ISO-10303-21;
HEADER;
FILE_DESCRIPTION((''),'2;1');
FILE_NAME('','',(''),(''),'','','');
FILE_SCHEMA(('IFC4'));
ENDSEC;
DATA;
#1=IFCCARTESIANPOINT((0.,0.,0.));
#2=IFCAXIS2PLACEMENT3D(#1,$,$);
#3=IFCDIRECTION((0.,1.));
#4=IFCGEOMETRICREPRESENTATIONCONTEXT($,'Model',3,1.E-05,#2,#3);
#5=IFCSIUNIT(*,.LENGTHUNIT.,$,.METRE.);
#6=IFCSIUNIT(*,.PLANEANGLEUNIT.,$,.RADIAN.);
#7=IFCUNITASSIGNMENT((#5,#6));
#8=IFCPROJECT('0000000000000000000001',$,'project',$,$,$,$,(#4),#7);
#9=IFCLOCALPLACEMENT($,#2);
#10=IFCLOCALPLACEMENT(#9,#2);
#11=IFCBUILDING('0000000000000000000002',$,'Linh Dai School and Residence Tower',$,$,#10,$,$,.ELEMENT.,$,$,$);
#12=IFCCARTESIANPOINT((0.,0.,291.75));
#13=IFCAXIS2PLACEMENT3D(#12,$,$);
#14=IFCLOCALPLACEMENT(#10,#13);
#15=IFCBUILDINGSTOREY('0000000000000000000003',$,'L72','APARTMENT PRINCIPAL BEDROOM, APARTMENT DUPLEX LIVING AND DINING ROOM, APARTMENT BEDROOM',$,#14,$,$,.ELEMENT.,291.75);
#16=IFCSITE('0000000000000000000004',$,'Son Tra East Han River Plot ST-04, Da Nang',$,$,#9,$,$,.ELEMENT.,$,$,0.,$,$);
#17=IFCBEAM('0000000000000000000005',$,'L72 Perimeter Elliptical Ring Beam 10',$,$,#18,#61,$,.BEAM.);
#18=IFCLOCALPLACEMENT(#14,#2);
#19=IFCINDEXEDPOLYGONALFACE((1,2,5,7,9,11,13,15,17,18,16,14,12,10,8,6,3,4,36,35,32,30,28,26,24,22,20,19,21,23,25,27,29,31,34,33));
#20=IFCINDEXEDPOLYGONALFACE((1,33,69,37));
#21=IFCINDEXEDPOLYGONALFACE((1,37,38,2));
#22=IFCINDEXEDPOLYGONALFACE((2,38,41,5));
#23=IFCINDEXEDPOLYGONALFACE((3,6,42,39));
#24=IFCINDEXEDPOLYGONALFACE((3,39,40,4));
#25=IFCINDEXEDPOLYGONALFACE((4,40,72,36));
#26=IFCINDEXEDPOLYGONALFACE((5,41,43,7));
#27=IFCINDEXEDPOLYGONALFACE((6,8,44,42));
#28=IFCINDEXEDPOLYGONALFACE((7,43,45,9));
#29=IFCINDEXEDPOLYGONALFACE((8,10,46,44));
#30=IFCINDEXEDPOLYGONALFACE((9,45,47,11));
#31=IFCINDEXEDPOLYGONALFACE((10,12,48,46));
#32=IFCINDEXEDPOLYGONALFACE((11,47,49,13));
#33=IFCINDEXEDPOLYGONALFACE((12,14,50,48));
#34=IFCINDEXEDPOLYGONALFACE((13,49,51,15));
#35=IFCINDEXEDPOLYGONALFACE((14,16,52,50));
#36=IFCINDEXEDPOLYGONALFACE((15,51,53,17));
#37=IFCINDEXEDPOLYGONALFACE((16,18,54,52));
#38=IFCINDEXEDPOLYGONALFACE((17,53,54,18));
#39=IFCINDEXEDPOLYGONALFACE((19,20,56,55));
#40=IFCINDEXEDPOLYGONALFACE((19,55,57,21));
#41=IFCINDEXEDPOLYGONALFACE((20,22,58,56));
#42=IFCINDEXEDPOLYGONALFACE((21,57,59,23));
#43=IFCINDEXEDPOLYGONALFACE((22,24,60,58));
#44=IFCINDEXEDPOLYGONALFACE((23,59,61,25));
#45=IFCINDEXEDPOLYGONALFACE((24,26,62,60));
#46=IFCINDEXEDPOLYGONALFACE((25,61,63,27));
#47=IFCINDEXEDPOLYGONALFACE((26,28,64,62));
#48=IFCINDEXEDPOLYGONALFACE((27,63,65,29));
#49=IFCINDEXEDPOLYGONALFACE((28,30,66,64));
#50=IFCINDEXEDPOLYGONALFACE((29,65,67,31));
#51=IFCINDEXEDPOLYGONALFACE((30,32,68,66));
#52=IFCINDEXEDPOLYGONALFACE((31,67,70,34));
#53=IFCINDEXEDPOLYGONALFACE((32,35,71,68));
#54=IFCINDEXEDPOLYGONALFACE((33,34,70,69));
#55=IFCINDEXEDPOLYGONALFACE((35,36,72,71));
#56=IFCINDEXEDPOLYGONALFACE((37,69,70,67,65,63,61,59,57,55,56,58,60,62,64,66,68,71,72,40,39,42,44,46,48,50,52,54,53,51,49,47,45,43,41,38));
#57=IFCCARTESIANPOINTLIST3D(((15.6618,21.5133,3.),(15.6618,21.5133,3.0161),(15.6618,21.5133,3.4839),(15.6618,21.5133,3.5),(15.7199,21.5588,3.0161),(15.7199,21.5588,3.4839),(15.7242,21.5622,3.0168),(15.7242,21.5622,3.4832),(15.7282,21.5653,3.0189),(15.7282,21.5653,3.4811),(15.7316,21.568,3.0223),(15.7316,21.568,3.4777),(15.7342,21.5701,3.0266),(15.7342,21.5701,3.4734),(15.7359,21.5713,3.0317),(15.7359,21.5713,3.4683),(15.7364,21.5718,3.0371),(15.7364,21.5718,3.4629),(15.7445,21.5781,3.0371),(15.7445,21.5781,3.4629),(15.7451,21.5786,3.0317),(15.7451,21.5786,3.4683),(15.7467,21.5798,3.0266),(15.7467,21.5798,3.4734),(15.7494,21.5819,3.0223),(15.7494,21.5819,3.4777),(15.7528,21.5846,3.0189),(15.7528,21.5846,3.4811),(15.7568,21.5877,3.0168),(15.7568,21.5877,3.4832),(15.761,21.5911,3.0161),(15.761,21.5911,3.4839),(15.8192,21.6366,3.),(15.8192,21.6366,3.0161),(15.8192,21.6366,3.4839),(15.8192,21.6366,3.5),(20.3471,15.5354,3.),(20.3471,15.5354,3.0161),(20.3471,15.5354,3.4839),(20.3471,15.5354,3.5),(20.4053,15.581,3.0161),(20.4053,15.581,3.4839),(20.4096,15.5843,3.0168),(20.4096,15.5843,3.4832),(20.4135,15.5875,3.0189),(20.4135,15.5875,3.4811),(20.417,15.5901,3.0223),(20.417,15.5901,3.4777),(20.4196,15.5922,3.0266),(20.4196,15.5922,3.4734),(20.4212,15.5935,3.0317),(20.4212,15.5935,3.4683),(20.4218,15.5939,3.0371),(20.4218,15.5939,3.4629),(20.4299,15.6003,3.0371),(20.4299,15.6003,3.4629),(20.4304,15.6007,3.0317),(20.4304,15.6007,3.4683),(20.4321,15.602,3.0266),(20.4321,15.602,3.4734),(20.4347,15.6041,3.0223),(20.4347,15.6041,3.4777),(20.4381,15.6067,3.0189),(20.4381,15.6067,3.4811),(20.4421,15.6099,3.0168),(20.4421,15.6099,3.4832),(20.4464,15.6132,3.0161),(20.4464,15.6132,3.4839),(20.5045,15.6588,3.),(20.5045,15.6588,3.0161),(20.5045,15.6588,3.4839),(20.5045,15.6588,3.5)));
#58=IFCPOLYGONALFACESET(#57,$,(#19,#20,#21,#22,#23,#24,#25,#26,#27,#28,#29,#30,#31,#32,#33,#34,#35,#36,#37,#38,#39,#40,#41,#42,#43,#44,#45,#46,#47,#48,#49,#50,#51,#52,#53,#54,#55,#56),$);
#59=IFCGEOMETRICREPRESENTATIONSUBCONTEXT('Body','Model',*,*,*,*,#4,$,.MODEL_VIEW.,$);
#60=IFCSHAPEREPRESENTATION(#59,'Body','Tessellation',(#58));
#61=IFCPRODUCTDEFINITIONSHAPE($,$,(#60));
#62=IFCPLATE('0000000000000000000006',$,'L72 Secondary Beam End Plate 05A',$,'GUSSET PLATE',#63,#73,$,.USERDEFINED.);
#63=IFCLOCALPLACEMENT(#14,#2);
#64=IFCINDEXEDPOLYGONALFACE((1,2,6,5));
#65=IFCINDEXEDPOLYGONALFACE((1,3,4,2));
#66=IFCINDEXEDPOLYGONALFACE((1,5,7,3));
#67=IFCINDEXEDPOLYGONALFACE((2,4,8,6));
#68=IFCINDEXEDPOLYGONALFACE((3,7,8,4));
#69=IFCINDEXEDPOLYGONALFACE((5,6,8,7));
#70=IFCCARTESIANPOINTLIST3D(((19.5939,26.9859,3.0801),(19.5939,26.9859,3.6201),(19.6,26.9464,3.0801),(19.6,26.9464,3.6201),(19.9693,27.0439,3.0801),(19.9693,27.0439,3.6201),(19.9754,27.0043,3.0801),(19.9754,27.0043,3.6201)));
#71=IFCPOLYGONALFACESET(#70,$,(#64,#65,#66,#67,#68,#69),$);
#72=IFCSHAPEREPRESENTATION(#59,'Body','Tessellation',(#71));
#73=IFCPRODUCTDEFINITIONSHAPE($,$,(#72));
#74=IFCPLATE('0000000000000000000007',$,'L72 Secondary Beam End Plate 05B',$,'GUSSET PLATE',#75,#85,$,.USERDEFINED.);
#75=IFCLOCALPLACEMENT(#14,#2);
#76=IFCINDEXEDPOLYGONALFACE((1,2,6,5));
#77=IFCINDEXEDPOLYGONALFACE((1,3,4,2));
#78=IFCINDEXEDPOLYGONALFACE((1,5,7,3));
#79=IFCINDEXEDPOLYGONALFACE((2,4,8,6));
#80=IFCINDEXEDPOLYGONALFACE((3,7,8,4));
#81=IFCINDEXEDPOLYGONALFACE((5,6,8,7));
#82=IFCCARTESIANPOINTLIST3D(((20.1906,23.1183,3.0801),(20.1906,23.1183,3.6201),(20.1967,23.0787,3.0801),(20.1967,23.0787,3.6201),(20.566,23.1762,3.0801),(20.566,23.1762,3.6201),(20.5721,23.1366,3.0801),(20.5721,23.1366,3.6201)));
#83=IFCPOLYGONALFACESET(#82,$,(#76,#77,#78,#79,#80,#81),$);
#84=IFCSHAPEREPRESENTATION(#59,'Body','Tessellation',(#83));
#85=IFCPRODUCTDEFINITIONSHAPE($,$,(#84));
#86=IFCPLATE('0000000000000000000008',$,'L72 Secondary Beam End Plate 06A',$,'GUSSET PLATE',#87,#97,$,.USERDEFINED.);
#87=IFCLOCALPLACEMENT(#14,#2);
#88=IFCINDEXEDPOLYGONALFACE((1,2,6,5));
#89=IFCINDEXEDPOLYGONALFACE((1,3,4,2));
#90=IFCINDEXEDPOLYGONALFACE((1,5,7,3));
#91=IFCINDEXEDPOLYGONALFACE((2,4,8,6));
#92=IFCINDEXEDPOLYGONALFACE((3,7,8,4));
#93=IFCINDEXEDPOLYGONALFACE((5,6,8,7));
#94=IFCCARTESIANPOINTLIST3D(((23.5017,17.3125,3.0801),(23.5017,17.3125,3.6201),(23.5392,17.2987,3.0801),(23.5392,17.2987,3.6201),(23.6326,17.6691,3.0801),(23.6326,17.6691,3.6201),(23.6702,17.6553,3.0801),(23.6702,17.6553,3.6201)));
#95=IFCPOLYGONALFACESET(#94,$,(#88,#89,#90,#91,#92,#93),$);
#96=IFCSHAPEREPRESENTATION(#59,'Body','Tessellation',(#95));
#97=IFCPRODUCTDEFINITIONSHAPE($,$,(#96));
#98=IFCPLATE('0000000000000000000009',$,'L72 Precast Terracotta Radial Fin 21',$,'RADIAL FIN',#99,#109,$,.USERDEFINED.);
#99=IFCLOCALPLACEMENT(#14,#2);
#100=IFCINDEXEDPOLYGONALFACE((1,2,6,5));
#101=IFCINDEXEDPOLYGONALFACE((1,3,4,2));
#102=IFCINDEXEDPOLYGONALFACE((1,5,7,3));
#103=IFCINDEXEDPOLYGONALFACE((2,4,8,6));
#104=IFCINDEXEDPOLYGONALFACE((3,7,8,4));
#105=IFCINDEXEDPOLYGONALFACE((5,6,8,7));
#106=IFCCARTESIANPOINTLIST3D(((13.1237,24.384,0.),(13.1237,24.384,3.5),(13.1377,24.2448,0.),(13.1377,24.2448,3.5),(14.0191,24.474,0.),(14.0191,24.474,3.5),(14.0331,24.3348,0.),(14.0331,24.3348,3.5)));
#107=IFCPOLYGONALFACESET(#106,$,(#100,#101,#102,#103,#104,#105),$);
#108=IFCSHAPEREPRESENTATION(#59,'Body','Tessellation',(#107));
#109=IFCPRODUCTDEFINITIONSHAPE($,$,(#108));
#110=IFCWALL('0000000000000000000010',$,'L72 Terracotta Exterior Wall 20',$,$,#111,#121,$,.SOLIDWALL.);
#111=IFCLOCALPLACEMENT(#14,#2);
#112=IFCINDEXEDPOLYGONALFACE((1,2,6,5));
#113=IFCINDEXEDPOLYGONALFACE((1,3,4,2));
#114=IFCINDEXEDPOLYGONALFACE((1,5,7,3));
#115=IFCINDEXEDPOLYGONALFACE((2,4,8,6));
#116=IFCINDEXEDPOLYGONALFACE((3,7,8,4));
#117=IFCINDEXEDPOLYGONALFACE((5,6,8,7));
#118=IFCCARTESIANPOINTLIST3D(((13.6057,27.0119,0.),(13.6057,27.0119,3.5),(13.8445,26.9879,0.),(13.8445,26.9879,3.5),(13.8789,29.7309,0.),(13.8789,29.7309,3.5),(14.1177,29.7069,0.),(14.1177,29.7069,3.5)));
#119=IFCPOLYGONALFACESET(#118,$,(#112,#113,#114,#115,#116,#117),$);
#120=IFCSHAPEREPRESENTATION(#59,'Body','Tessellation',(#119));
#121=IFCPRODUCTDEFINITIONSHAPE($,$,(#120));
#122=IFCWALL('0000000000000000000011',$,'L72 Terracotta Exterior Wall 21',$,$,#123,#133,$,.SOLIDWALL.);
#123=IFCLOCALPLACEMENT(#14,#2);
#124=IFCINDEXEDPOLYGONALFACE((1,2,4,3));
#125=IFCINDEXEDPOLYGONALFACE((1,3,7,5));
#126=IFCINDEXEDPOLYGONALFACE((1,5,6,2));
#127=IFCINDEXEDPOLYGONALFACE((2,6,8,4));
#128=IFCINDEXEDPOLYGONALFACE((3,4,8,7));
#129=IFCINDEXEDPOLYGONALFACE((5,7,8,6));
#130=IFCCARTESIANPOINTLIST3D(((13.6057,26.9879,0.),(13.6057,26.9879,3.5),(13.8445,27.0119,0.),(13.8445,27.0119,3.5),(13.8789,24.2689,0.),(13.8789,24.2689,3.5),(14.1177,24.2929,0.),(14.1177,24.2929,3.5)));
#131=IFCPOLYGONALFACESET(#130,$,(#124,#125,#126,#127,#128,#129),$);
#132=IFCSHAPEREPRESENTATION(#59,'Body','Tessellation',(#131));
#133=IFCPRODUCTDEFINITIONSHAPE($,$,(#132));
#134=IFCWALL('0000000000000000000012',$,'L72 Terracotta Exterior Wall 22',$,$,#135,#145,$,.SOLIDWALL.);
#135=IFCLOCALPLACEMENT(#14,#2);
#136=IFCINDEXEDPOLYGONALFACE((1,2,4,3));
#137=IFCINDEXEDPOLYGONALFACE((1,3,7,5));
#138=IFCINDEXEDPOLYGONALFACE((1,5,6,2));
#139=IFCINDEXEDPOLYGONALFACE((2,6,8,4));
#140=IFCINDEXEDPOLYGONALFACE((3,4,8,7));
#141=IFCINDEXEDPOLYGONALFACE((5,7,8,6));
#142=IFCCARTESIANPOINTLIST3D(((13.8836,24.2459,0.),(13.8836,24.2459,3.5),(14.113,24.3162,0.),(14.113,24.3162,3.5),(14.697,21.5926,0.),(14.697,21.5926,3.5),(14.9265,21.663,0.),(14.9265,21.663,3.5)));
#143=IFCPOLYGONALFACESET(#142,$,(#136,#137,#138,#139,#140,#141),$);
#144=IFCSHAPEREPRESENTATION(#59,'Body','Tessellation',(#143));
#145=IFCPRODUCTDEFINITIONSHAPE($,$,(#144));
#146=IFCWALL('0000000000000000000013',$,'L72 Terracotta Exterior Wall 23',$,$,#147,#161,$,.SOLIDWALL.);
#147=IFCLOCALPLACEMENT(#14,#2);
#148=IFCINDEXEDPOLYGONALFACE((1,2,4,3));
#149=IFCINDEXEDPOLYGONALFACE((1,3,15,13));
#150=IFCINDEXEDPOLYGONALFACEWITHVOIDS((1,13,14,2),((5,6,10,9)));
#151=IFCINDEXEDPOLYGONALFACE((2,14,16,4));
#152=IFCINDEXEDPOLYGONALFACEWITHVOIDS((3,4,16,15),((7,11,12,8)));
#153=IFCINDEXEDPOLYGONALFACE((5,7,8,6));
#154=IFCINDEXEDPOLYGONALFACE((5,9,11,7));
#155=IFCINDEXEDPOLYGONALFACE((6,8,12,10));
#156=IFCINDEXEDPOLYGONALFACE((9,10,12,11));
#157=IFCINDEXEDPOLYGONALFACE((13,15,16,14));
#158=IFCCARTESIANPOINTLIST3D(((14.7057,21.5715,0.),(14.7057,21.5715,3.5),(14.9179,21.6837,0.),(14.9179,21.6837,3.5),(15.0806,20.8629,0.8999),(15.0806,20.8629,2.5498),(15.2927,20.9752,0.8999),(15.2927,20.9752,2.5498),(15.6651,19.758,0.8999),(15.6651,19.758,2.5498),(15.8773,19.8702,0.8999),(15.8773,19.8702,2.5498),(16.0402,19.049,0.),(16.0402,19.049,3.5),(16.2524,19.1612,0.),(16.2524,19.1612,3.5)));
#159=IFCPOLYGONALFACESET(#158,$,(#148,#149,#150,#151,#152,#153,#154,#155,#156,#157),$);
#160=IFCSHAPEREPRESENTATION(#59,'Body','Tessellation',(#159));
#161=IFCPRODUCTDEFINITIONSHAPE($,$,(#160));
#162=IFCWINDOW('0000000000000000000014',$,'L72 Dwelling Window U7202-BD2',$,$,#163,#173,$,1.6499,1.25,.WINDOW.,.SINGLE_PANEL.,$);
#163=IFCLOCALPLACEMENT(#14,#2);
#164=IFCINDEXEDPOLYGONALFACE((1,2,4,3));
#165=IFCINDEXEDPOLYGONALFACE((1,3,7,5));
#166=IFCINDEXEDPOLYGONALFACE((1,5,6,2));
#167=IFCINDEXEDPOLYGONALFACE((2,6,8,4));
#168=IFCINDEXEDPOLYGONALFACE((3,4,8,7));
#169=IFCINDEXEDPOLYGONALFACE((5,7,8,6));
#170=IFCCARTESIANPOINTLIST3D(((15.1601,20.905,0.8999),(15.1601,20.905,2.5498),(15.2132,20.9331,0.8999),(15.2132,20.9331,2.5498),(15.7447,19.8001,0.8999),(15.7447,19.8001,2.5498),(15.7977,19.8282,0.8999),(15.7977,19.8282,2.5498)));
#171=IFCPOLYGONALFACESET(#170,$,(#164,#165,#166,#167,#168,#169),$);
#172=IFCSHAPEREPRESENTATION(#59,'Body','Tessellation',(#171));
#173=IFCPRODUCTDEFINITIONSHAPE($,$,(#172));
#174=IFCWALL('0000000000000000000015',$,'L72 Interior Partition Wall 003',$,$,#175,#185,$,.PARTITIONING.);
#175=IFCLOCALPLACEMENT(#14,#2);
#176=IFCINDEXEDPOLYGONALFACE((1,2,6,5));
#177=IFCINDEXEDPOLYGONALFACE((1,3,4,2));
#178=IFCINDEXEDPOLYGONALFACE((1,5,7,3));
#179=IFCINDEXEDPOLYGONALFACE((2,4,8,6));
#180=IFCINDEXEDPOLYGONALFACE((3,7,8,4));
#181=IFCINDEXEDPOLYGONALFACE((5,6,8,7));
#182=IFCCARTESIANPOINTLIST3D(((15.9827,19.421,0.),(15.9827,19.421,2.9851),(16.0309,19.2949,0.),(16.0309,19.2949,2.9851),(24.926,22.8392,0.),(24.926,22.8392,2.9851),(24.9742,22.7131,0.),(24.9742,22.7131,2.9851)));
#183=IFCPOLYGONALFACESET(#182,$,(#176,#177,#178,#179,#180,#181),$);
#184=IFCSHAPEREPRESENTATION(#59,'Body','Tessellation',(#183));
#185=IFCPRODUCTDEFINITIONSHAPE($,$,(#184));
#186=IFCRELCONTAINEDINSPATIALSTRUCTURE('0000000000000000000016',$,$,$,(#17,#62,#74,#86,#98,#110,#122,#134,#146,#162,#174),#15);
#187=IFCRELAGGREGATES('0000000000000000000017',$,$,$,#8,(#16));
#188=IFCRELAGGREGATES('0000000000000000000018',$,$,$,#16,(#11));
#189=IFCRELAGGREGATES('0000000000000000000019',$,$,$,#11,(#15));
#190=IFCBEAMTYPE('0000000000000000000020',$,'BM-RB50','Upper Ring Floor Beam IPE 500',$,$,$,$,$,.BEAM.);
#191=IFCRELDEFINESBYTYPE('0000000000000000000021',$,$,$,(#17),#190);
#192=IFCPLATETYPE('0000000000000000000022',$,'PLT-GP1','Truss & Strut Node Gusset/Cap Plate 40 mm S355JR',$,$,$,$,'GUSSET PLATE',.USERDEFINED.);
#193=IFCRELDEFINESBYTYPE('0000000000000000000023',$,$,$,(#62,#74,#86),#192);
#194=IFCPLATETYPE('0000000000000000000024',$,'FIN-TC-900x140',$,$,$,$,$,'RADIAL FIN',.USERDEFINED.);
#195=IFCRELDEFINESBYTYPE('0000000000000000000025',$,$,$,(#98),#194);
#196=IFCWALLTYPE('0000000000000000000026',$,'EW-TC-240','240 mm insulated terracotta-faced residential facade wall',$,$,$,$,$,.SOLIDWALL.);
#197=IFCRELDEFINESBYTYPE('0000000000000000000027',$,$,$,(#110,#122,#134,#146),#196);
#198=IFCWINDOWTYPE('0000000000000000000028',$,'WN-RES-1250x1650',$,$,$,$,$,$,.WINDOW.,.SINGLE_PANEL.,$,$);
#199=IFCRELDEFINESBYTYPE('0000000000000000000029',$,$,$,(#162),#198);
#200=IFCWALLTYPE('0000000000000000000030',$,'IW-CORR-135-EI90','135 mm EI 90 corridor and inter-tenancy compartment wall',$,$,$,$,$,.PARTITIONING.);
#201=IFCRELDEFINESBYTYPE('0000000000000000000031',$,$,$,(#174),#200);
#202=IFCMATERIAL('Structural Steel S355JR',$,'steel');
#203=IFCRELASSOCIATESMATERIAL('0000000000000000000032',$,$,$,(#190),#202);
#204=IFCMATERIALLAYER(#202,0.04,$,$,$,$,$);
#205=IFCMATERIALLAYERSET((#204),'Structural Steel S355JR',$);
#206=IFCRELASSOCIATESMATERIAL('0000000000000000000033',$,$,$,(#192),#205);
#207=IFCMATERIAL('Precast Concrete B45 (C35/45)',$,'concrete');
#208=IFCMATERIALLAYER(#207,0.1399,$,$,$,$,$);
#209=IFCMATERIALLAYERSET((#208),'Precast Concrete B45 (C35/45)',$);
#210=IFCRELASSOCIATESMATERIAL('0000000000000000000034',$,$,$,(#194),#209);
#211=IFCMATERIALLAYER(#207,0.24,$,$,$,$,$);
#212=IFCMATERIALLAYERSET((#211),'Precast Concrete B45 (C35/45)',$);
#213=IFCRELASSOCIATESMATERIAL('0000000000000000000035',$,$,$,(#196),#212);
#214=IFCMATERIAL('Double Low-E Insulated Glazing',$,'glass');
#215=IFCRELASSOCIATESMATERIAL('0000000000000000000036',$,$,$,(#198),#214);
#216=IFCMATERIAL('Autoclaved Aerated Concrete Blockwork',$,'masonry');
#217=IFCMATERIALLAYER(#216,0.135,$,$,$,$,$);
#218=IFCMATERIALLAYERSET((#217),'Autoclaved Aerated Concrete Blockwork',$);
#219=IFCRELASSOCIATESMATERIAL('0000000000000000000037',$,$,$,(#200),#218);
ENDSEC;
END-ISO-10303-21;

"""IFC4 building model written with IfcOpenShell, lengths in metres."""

from ifc_helpers import new_model, si_unit, direction, frame, frame_2d, origin, origin_2d, place, context, subcontext, project, spatial, rectangle, i_section, extrude, source, transform, mapped, material, layer, layer_set, material_profile, profile_set, type_object, element, fill, save


model = new_model("IFC4")

# Units and contexts
model_context = context("Model", 3, precision=1e-05, world=origin(), true_north=direction((0.0, 1.0)))
body_context = subcontext(model_context, "Body", "Model", "MODEL_VIEW")
ifc_project = project(units=[si_unit("LENGTHUNIT", "METRE"), si_unit("PLANEANGLEUNIT", "RADIAN")], contexts=[model_context])

# Site, building, storey
site_placement = place(None, origin())
site = spatial("IfcSite", under=ifc_project, at=site_placement, Name="Son Tra East Han River Plot ST-04, Da Nang", CompositionType="ELEMENT", RefElevation=0.0)
building_placement = place(site_placement, origin())
building = spatial("IfcBuilding", under=site, at=building_placement, Name="Linh Dai School and Residence Tower", CompositionType="ELEMENT")
storey_placement = place(building_placement, frame((0.0, 0.0, 291.75)))
storey = spatial("IfcBuildingStorey", under=building, at=storey_placement, Name="L72", Description="APARTMENT PRINCIPAL BEDROOM, APARTMENT DUPLEX LIVING AND DINING ROOM, APARTMENT BEDROOM", CompositionType="ELEMENT", Elevation=291.75)

# Shared definitions
ifc_material_1 = material(Name="Structural Steel S355JR", Category="steel")

# Beam
ifc_material_profile_1 = material_profile(ifc_material_1, i_section(OverallWidth=0.2, OverallDepth=0.5, WebThickness=0.0103, FlangeThickness=0.0161, FilletRadius=0.021, at=origin_2d()), Name="IPE 500")
ifc_profile_set_1 = profile_set([ifc_material_profile_1], Name="Structural Steel S355JR")
beam_type_1 = type_object("IfcBeamType", Name="BM-RB50", Description="Upper Ring Floor Beam IPE 500", PredefinedType="BEAM", material=ifc_profile_set_1)
beam_1_placement = place(storey_placement, frame((15.7405, 21.575, 3.25), z_axis=(0.616883, -0.787055, 0.0), x_axis=(0.787055, 0.616883, 0.0)))
element("IfcBeam", 1, at=beam_1_placement, inside=storey, type_object=beam_type_1, Name="L72 Perimeter Elliptical Ring Beam 10", PredefinedType="BEAM", context=body_context, shape_type="SweptSolid", body=[
    extrude(i_section(OverallWidth=0.2, OverallDepth=0.5, WebThickness=0.0103, FlangeThickness=0.0161, FilletRadius=0.021, at=origin_2d()), origin(), (0.0, 0.0, 1.0), 7.5952),
])

# Plates
ifc_layer_1 = layer(ifc_material_1, 0.04)
ifc_layer_set_1 = layer_set([ifc_layer_1], Name="Structural Steel S355JR")
plate_type_1 = type_object("IfcPlateType", Name="PLT-GP1", Description="Truss & Strut Node Gusset/Cap Plate 40 mm S355JR", ElementType="GUSSET PLATE", PredefinedType="USERDEFINED", material=ifc_layer_set_1)
shared_shape_1 = source(origin(), body_context, "Body", "SweptSolid", [
    extrude(rectangle(XDim=0.04, YDim=0.3799, at=origin_2d()), origin(), (0.0, 0.0, 1.0), 0.54),
])
for number, where, z_axis, x_axis, name in (
    (2, (19.7847, 26.9951, 3.0801), (0.0, 0.0, 1.0), (0.152474, -0.988308, 0.0), "L72 Secondary Beam End Plate 05A"),
    (3, (20.3813, 23.1274, 3.0801), (0.0, 0.0, 1.0), (0.152474, -0.988308, 0.0), "L72 Secondary Beam End Plate 05B"),
    (4, (23.5859, 17.4839, 3.0801), (0.0, 0.0, 1.0), (0.938695, -0.344748, 0.0), "L72 Secondary Beam End Plate 06A"),
):
    element("IfcPlate", number, at=place(storey_placement, frame(where, z_axis=z_axis, x_axis=x_axis)), inside=storey, type_object=plate_type_1, Name=name, ObjectType="GUSSET PLATE", PredefinedType="USERDEFINED", context=body_context, shape_type="MappedRepresentation", body=[
        mapped(shared_shape_1, transform((0.0, 0.0, 0.0), x_axis=(1.0, 0.0, 0.0), y_axis=(0.0, 1.0, 0.0), z_axis=(0.0, 0.0, 1.0), scale=1.0)),
    ])
ifc_material_2 = material(Name="Precast Concrete B45 (C35/45)", Category="concrete")
ifc_layer_2 = layer(ifc_material_2, 0.1399)
ifc_layer_set_2 = layer_set([ifc_layer_2], Name="Precast Concrete B45 (C35/45)")
plate_type_2 = type_object("IfcPlateType", Name="FIN-TC-900x140", ElementType="RADIAL FIN", PredefinedType="USERDEFINED", material=ifc_layer_set_2)
shared_shape_2 = source(origin(), body_context, "Body", "SweptSolid", [
    extrude(rectangle(XDim=0.8999, YDim=0.1399, at=origin_2d()), origin(), (0.0, 0.0, 1.0), 3.5),
])
plate_placement = place(storey_placement, frame((13.5784, 24.3594, 0.0), z_axis=(0.0, 0.0, 1.0), x_axis=(-0.994987, -0.100008, 0.0)))
element("IfcPlate", 5, at=plate_placement, inside=storey, type_object=plate_type_2, Name="L72 Precast Terracotta Radial Fin 21", ObjectType="RADIAL FIN", PredefinedType="USERDEFINED", context=body_context, shape_type="MappedRepresentation", body=[
    mapped(shared_shape_2, transform((0.0, 0.0, 0.0), x_axis=(1.0, 0.0, 0.0), y_axis=(0.0, 1.0, 0.0), z_axis=(0.0, 0.0, 1.0), scale=1.0)),
])

# Walls
ifc_layer_3 = layer(ifc_material_2, 0.24)
ifc_layer_set_3 = layer_set([ifc_layer_3], Name="Precast Concrete B45 (C35/45)")
wall_type_1 = type_object("IfcWallType", Name="EW-TC-240", Description="240 mm insulated terracotta-faced residential facade wall", PredefinedType="SOLIDWALL", material=ifc_layer_set_3)
for number, where, z_axis, x_axis, name in (
    (6, (13.7251, 27.0, 0.0), (0.0, 0.0, 1.0), (0.099973, 0.99499, 0.0), "L72 Terracotta Exterior Wall 20"),
    (7, (13.9983, 24.281, 0.0), (0.0, 0.0, 1.0), (-0.099973, 0.99499, 0.0), "L72 Terracotta Exterior Wall 21"),
):
    element("IfcWall", number, at=place(storey_placement, frame(where, z_axis=z_axis, x_axis=x_axis)), inside=storey, type_object=wall_type_1, Name=name, PredefinedType="SOLIDWALL", context=body_context, shape_type="SweptSolid", body=[
        extrude(rectangle(XDim=2.7327, YDim=0.24, at=frame_2d((1.3662, 0.0))), origin(), (0.0, 0.0, 1.0), 3.5),
    ])
wall_1_placement = place(storey_placement, frame((14.8118, 21.6277, 0.0), z_axis=(0.0, 0.0, 1.0), x_axis=(-0.293121, 0.956075, 0.0)))
element("IfcWall", 8, at=wall_1_placement, inside=storey, type_object=wall_type_1, Name="L72 Terracotta Exterior Wall 22", PredefinedType="SOLIDWALL", context=body_context, shape_type="SweptSolid", body=[
    extrude(rectangle(XDim=2.7751, YDim=0.24, at=frame_2d((1.3877, 0.0))), origin(), (0.0, 0.0, 1.0), 3.5),
])

# Wall, opening, window
wall_2_placement = place(storey_placement, frame((16.1462, 19.1052, 0.0), z_axis=(0.0, 0.0, 1.0), x_axis=(-0.467628, 0.883925, 0.0)))
wall_2 = element("IfcWall", 9, at=wall_2_placement, inside=storey, type_object=wall_type_1, Name="L72 Terracotta Exterior Wall 23", PredefinedType="SOLIDWALL", context=body_context, shape_type="SweptSolid", body=[
    extrude(rectangle(XDim=2.8538, YDim=0.24, at=frame_2d((1.4268, 0.0))), origin(), (0.0, 0.0, 1.0), 3.5),
])
opening_1_placement = place(wall_2_placement, frame((0.802, 0.0, 0.8999)))
opening_1 = element("IfcOpeningElement", 10, at=opening_1_placement, cuts=wall_2, PredefinedType="OPENING", context=body_context, shape_type="SweptSolid", body=[
    extrude(rectangle(XDim=1.25, YDim=1.6499, at=origin_2d()), frame((0.625, 0.1299, 0.825), z_axis=(0.0, -1.0, 0.0), x_axis=(1.0, 0.0, 0.0)), (0.0, 0.0, 1.0), 0.26),
])
ifc_material_3 = material(Name="Double Low-E Insulated Glazing", Category="glass")
window_type = type_object("IfcWindowType", Name="WN-RES-1250x1650", PartitioningType="SINGLE_PANEL", PredefinedType="WINDOW", material=ifc_material_3)
shared_shape_3 = source(origin(), body_context, "Body", "SweptSolid", [
    extrude(rectangle(XDim=1.25, YDim=1.6499, at=origin_2d()), frame((0.625, 0.03, 0.825), z_axis=(0.0, -1.0, 0.0), x_axis=(1.0, 0.0, 0.0)), (0.0, 0.0, 1.0), 0.0601),
])
window_placement = place(opening_1_placement, origin())
window = element("IfcWindow", 11, at=window_placement, inside=storey, type_object=window_type, Name="L72 Dwelling Window U7202-BD2", OverallHeight=1.6499, OverallWidth=1.25, PartitioningType="SINGLE_PANEL", PredefinedType="WINDOW", context=body_context, shape_type="MappedRepresentation", body=[
    mapped(shared_shape_3, transform((0.0, 0.0, 0.0), x_axis=(1.0, 0.0, 0.0), y_axis=(0.0, 1.0, 0.0), z_axis=(0.0, 0.0, 1.0), scale=1.0)),
])
fill(opening_1, window)

# Wall
ifc_material_4 = material(Name="Autoclaved Aerated Concrete Blockwork", Category="masonry")
ifc_layer_4 = layer(ifc_material_4, 0.135)
ifc_layer_set_4 = layer_set([ifc_layer_4], Name="Autoclaved Aerated Concrete Blockwork")
wall_type_2 = type_object("IfcWallType", Name="IW-CORR-135-EI90", Description="135 mm EI 90 corridor and inter-tenancy compartment wall", PredefinedType="PARTITIONING", material=ifc_layer_set_4)
wall_3_placement = place(storey_placement, frame((16.0068, 19.3579, 0.0), z_axis=(0.0, 0.0, 1.0), x_axis=(0.934094, 0.357027, 0.0)))
element("IfcWall", 12, at=wall_3_placement, inside=storey, type_object=wall_type_2, Name="L72 Interior Partition Wall 003", PredefinedType="PARTITIONING", context=body_context, shape_type="SweptSolid", body=[
    extrude(rectangle(XDim=9.5742, YDim=0.135, at=frame_2d((4.7871, 0.0))), origin(), (0.0, 0.0, 1.0), 2.9851),
])

save(model, "model.ifc")
